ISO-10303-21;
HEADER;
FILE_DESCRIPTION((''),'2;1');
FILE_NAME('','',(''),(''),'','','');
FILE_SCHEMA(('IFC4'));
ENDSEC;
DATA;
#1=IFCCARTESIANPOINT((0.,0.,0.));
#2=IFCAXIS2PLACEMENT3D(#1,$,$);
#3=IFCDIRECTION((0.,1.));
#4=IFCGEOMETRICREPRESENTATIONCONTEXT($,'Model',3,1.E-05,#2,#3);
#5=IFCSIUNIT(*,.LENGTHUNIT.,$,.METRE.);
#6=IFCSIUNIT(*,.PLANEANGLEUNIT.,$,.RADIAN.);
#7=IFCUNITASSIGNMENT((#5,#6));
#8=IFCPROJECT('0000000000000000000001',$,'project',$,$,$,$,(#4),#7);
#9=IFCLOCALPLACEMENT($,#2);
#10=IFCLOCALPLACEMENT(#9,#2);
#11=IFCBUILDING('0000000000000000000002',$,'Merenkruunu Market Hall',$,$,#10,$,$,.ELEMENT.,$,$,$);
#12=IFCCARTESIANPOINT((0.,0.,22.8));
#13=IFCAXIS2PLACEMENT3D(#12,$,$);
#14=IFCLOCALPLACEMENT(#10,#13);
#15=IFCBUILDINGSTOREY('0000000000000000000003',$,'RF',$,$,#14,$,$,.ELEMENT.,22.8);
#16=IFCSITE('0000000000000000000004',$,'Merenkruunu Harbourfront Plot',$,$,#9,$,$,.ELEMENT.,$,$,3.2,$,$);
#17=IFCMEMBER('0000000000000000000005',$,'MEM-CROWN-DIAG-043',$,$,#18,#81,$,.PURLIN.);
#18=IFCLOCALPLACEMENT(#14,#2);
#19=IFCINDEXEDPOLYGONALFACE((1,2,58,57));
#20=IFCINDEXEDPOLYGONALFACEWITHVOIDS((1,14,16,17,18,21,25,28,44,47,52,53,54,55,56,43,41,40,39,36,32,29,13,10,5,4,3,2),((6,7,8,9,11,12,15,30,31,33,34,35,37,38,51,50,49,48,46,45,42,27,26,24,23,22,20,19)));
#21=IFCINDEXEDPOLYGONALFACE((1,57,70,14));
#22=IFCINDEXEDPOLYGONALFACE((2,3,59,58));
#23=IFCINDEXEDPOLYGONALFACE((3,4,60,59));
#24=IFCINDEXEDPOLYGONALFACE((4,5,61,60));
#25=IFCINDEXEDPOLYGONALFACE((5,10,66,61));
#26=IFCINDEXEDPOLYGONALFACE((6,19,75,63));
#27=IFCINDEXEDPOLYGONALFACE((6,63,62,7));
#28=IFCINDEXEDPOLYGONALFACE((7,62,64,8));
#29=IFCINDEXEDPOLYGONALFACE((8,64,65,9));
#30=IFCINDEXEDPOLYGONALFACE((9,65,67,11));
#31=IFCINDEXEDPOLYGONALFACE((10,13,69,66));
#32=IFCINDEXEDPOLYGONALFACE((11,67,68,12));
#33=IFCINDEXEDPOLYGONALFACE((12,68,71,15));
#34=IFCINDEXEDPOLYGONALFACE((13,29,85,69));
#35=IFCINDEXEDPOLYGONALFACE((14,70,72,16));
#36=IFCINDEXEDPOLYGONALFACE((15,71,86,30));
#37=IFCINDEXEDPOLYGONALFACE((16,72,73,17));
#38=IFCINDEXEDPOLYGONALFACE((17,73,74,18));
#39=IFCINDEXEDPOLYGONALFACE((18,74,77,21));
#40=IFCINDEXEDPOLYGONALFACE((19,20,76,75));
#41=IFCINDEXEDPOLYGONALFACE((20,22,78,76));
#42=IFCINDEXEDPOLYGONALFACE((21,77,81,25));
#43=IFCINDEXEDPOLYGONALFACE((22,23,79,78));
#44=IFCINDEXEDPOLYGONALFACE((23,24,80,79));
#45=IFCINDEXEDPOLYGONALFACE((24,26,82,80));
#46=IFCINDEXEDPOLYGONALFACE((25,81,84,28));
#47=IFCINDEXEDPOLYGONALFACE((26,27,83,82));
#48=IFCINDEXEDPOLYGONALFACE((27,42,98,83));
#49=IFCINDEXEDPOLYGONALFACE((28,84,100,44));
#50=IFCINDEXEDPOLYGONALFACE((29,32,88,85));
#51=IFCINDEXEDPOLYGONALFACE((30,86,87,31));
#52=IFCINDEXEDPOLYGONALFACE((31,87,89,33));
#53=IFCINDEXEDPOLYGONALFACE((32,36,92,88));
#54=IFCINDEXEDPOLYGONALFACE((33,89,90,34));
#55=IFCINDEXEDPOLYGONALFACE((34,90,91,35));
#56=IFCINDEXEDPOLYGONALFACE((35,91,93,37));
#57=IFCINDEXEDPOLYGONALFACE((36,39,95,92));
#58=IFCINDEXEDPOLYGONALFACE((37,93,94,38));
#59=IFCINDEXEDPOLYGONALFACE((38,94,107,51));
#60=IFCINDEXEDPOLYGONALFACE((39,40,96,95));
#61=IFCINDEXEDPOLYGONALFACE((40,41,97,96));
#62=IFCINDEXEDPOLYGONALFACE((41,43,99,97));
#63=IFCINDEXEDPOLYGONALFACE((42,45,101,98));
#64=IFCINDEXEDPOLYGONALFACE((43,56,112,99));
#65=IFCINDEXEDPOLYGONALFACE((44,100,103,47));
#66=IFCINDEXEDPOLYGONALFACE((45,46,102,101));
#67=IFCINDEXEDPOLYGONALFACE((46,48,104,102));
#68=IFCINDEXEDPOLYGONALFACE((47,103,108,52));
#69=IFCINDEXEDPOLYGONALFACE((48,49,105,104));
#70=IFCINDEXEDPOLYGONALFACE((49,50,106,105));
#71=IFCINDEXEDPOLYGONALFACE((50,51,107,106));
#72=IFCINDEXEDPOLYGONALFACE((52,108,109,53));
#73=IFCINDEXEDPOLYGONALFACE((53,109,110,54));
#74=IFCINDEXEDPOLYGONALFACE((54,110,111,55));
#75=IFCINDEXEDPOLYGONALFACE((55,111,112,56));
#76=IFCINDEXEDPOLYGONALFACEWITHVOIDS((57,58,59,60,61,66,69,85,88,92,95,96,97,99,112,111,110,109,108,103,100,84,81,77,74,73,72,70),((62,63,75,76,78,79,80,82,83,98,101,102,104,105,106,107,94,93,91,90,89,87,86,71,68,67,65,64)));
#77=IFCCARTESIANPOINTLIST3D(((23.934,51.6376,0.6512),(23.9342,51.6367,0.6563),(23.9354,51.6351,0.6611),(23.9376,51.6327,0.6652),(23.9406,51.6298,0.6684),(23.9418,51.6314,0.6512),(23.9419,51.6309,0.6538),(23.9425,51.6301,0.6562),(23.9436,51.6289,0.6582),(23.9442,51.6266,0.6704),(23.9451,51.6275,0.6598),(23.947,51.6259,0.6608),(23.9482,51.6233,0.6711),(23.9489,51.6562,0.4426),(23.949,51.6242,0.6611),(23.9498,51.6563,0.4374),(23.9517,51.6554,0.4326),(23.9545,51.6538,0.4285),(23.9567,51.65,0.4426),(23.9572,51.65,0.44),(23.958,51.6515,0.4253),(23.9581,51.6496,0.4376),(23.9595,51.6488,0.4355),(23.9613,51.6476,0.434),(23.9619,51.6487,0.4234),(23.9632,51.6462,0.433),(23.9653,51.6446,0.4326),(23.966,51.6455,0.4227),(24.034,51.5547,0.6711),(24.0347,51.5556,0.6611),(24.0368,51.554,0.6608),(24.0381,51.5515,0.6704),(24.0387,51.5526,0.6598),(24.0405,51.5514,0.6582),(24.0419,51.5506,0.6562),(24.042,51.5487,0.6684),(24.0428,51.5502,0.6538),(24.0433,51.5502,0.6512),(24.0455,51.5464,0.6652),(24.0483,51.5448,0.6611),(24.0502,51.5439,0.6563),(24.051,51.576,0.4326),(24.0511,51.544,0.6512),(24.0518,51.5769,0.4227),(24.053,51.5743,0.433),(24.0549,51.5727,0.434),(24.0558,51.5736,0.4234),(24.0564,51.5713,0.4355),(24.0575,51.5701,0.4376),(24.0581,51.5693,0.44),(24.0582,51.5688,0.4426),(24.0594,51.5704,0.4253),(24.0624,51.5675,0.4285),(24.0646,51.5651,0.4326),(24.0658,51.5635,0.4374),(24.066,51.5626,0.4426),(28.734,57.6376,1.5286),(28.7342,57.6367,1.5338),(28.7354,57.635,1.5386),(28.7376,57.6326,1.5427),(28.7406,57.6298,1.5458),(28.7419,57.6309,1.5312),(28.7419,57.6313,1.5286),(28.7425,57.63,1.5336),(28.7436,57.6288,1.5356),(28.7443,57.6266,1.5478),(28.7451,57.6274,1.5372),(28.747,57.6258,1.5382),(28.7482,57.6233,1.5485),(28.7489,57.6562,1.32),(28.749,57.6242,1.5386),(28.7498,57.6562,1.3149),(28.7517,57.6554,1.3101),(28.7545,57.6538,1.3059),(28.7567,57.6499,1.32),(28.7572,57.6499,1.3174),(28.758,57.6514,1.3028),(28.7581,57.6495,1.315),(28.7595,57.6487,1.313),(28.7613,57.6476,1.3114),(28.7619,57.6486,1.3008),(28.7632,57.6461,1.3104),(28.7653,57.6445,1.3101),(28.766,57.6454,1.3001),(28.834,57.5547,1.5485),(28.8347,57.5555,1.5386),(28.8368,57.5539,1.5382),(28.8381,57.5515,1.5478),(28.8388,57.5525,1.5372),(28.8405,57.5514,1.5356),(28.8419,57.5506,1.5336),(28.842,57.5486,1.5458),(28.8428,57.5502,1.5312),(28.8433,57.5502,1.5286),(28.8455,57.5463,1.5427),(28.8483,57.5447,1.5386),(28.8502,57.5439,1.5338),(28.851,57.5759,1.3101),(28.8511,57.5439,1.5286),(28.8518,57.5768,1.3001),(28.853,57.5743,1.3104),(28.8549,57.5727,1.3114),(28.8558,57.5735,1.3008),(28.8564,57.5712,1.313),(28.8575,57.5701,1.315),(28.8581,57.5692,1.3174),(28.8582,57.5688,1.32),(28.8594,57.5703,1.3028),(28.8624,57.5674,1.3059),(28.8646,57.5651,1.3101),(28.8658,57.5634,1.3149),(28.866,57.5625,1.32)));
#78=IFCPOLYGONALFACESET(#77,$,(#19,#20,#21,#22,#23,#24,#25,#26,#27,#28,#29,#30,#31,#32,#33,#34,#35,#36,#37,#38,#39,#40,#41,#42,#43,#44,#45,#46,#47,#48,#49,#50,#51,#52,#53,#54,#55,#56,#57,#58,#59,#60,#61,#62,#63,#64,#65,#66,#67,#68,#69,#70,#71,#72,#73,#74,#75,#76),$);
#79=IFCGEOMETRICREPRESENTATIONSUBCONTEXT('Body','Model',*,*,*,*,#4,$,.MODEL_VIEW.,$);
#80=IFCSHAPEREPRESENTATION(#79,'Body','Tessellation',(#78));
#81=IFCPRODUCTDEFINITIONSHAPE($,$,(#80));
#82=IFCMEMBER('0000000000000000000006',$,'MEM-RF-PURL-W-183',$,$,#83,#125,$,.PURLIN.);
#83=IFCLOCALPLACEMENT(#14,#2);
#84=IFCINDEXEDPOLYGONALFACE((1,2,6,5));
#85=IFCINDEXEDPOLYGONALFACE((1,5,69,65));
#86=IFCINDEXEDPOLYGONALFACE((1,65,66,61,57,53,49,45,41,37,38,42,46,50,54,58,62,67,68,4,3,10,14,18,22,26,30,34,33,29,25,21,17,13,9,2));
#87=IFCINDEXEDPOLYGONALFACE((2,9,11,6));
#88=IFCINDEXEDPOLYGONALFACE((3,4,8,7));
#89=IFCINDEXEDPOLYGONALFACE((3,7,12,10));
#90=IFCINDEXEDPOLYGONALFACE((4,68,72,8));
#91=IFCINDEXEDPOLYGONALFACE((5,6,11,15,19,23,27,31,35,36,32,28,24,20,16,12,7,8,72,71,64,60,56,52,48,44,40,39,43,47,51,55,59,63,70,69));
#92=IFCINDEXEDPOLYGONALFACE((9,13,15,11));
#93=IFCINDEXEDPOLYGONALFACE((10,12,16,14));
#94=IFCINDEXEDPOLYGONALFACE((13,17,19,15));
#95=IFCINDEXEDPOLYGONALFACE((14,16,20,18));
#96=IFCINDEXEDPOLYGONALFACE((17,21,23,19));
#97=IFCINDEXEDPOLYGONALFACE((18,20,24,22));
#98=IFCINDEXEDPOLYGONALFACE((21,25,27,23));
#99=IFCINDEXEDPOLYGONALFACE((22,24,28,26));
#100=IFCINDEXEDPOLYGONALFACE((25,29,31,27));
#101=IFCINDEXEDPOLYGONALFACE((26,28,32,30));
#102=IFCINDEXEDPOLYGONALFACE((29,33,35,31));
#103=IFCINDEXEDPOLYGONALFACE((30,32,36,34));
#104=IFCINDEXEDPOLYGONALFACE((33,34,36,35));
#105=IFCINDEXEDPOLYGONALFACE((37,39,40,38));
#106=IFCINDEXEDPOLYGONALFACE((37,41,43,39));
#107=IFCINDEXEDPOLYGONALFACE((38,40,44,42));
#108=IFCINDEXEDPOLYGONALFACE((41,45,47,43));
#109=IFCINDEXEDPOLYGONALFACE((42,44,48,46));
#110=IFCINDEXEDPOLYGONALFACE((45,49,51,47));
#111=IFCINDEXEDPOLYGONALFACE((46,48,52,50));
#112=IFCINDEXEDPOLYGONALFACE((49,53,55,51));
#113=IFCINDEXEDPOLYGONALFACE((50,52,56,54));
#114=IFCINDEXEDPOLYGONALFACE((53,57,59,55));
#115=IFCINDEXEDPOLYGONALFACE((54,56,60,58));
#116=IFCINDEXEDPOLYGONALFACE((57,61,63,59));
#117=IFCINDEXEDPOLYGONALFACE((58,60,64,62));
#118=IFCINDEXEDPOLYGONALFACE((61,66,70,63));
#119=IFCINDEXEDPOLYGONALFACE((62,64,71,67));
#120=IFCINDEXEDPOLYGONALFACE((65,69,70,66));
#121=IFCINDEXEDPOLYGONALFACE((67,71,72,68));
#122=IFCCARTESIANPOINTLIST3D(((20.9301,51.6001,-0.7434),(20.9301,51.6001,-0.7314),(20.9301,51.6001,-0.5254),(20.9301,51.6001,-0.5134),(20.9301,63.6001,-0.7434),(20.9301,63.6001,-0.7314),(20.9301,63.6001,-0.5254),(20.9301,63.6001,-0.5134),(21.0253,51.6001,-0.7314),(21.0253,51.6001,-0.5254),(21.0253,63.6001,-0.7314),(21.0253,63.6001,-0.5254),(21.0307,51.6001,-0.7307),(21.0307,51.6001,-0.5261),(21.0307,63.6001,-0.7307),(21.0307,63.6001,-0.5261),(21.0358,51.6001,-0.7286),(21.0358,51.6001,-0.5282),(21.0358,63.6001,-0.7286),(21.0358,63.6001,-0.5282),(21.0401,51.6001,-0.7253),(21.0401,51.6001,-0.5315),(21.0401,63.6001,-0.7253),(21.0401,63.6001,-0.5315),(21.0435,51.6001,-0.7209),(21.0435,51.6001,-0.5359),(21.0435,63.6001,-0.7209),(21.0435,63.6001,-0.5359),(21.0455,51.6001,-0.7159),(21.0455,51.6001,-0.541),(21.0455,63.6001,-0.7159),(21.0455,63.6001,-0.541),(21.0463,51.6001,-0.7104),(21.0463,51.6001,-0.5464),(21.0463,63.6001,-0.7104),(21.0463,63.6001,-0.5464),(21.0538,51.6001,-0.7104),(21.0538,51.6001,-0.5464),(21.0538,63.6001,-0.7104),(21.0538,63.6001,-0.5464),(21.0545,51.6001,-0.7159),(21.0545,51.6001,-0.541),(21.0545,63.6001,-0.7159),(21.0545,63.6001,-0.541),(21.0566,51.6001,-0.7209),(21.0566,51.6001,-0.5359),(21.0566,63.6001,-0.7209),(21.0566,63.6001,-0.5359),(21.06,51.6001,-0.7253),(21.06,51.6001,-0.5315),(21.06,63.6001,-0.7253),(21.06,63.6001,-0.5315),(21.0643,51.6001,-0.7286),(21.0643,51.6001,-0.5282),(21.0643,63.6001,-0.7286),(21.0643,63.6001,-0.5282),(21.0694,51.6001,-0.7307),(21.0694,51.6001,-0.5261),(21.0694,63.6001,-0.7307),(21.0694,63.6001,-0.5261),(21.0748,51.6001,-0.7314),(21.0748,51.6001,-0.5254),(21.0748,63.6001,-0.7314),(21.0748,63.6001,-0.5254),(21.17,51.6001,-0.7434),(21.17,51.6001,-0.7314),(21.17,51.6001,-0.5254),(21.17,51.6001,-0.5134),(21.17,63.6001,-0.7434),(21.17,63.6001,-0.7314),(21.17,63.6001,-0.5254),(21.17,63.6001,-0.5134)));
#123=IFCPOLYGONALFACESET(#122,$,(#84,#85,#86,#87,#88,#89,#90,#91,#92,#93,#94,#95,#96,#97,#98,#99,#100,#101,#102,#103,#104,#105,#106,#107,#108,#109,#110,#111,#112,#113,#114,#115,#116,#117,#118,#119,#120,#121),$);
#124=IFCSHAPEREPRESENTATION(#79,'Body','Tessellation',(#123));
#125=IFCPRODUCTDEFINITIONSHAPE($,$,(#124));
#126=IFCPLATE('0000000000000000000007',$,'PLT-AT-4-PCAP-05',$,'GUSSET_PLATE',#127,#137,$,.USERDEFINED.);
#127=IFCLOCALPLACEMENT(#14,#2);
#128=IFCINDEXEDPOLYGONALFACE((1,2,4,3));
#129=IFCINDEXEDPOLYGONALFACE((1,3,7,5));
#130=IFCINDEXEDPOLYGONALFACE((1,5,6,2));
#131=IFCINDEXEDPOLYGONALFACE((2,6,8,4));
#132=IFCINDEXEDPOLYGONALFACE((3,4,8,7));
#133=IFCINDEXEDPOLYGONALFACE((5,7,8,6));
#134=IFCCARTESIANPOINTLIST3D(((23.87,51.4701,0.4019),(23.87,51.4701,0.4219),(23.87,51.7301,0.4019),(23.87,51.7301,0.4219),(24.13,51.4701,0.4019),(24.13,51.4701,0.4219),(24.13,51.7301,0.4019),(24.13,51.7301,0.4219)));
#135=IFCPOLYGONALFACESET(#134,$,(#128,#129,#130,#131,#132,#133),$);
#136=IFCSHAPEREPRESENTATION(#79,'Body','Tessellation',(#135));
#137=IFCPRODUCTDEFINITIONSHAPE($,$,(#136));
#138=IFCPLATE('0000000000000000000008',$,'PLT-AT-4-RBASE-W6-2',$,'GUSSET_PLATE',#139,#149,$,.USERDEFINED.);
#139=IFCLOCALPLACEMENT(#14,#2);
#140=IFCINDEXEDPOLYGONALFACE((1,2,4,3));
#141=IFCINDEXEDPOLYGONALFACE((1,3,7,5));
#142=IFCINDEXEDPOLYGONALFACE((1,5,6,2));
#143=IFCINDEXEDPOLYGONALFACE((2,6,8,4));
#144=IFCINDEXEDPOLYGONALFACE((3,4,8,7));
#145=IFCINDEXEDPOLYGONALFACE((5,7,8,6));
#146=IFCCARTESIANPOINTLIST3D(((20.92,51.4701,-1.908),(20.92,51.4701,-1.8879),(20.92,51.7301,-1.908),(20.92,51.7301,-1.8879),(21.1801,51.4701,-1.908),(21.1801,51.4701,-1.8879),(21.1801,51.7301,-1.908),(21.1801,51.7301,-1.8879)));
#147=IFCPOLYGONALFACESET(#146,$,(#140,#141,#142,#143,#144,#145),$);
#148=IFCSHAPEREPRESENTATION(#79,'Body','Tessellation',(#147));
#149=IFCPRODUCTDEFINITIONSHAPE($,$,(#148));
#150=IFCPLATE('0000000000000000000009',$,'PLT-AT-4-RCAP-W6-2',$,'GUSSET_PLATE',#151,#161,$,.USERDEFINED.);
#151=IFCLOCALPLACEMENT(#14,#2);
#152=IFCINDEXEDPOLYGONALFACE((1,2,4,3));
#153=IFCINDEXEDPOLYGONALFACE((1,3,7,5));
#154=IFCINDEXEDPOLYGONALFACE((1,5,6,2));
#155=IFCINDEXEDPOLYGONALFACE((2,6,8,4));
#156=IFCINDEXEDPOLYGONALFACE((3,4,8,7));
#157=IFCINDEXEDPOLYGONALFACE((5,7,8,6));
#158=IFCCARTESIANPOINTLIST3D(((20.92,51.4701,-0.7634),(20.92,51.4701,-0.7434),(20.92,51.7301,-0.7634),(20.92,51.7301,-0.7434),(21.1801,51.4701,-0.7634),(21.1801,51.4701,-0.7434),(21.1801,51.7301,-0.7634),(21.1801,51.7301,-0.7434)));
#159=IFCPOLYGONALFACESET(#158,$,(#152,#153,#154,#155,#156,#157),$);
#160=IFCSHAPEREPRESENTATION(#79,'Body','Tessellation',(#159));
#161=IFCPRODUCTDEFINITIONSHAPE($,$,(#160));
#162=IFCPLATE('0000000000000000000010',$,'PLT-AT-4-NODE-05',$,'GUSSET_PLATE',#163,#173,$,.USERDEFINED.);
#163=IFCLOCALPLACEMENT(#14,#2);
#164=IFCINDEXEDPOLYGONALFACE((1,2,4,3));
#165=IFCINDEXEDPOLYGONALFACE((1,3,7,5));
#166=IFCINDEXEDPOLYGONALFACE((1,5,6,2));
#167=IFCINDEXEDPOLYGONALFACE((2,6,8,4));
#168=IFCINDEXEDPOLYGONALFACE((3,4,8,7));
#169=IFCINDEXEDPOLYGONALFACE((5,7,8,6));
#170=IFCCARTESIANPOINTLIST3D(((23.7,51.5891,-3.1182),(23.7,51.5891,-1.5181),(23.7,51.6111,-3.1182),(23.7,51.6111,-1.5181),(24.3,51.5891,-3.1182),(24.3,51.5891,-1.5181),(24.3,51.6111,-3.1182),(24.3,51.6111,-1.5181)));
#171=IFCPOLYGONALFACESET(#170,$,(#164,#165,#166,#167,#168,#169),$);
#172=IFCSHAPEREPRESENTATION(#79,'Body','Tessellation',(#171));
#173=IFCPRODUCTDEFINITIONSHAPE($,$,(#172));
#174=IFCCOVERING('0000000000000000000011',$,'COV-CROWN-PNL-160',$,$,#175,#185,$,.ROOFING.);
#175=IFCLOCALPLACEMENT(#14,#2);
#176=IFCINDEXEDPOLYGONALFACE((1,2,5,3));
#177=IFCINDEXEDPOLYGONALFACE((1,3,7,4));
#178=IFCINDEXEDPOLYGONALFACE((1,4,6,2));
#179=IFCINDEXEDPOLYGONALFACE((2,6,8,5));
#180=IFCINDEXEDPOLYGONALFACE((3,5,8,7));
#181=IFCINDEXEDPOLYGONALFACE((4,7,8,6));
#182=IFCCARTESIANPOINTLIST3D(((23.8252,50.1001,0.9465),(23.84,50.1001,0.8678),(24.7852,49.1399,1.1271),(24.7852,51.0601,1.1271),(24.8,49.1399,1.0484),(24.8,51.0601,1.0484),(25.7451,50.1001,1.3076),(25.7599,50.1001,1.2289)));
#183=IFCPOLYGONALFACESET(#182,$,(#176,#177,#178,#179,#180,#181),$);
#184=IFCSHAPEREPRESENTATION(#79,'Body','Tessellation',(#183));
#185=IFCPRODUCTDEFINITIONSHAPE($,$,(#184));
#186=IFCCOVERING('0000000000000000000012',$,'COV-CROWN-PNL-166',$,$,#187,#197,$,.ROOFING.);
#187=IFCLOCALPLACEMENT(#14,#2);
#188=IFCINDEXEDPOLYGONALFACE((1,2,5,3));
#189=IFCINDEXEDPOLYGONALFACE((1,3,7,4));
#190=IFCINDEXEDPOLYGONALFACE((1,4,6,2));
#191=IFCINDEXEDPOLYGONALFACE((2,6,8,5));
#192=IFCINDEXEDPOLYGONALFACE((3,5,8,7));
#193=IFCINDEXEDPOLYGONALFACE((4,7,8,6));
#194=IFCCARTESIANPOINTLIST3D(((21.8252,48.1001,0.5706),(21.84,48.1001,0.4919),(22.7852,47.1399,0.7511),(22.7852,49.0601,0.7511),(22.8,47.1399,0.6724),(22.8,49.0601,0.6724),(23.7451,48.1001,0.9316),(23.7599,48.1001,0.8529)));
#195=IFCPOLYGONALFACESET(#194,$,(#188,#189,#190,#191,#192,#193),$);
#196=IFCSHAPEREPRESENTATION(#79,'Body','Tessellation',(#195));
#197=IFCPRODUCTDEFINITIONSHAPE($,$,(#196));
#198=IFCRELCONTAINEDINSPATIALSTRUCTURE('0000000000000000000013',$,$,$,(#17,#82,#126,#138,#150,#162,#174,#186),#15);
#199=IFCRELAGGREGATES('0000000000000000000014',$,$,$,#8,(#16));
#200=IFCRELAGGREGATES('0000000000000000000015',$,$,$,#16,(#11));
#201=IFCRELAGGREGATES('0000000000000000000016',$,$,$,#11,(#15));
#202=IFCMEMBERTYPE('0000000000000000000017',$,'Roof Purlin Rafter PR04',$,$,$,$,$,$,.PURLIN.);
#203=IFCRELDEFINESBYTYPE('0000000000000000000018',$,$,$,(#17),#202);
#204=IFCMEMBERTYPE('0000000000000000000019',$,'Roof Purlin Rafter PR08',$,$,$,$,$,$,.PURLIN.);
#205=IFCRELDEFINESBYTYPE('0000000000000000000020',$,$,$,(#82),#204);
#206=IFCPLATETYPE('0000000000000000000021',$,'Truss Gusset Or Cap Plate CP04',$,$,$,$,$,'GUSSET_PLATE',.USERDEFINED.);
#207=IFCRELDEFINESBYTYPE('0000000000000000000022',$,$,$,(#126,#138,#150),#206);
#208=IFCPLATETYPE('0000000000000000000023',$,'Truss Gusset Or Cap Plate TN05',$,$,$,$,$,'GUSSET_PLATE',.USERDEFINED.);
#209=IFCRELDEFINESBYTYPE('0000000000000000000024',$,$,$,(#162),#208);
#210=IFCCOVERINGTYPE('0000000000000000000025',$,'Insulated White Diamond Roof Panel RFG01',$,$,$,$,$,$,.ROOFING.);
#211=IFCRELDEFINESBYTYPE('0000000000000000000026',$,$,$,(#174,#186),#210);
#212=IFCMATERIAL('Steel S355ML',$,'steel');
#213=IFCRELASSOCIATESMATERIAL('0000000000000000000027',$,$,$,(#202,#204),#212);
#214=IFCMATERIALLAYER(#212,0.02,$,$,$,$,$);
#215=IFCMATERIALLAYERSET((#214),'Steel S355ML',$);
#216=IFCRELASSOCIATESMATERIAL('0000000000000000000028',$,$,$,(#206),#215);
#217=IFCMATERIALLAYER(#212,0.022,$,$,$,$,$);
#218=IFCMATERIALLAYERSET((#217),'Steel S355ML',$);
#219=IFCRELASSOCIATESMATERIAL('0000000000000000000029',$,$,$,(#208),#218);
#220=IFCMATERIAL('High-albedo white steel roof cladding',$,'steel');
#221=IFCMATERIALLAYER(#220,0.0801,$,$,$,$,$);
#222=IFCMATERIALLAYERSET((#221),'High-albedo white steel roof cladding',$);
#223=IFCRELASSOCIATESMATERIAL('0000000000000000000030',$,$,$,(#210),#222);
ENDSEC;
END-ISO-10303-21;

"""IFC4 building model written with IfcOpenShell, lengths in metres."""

from ifc_helpers import new_model, si_unit, direction, frame, origin, origin_2d, place, context, subcontext, project, spatial, polyline, rectangle, hollow_rectangle, i_section, outline, extrude, material, layer, layer_set, material_profile, profile_set, type_object, element, save


model = new_model("IFC4")

# Units and contexts
model_context = context("Model", 3, precision=1e-05, world=origin(), true_north=direction((0.0, 1.0)))
body_context = subcontext(model_context, "Body", "Model", "MODEL_VIEW")
ifc_project = project(units=[si_unit("LENGTHUNIT", "METRE"), si_unit("PLANEANGLEUNIT", "RADIAN")], contexts=[model_context])

# Site, building, storey
site_placement = place(None, origin())
site = spatial("IfcSite", under=ifc_project, at=site_placement, Name="Merenkruunu Harbourfront Plot", CompositionType="ELEMENT", RefElevation=3.2)
building_placement = place(site_placement, origin())
building = spatial("IfcBuilding", under=site, at=building_placement, Name="Merenkruunu Market Hall", CompositionType="ELEMENT")
storey_placement = place(building_placement, frame((0.0, 0.0, 22.8)))
storey = spatial("IfcBuildingStorey", under=building, at=storey_placement, Name="RF", CompositionType="ELEMENT", Elevation=22.8)

# Members
ifc_material_1 = material(Name="Steel S355ML", Category="steel")
ifc_material_profile_1 = material_profile(ifc_material_1, hollow_rectangle(XDim=0.1499, YDim=0.25, WallThickness=0.01, InnerFilletRadius=0.01, OuterFilletRadius=0.02, at=origin_2d()), Name="RHS 250x150x10")
ifc_profile_set_1 = profile_set([ifc_material_profile_1], Name="Steel S355ML")
member_type_1 = type_object("IfcMemberType", Name="Roof Purlin Rafter PR04", PredefinedType="PURLIN", material=ifc_profile_set_1)
member_1_placement = place(storey_placement, frame((24.0, 51.6001, 0.5469), z_axis=(0.620665, 0.775824, 0.113457), x_axis=(-0.780866, 0.624699, 0.0)))
element("IfcMember", 1, at=member_1_placement, inside=storey, type_object=member_type_1, Name="MEM-CROWN-DIAG-043", PredefinedType="PURLIN", context=body_context, shape_type="SweptSolid", body=[
    extrude(hollow_rectangle(XDim=0.1499, YDim=0.25, WallThickness=0.01, InnerFilletRadius=0.01, OuterFilletRadius=0.02, at=origin_2d()), origin(), (0.0, 0.0, 1.0), 7.7336),
])
ifc_material_profile_2 = material_profile(ifc_material_1, i_section(OverallWidth=0.24, OverallDepth=0.23, WebThickness=0.0076, FlangeThickness=0.012, FilletRadius=0.021, at=origin_2d()), Name="HEA 240")
ifc_profile_set_2 = profile_set([ifc_material_profile_2], Name="Steel S355ML")
member_type_2 = type_object("IfcMemberType", Name="Roof Purlin Rafter PR08", PredefinedType="PURLIN", material=ifc_profile_set_2)
member_2_placement = place(storey_placement, frame((21.05, 51.6001, -0.6284), z_axis=(0.0, 1.0, 0.0), x_axis=(-1.0, 0.0, 0.0)))
element("IfcMember", 2, at=member_2_placement, inside=storey, type_object=member_type_2, Name="MEM-RF-PURL-W-183", PredefinedType="PURLIN", context=body_context, shape_type="SweptSolid", body=[
    extrude(i_section(OverallWidth=0.24, OverallDepth=0.23, WebThickness=0.0076, FlangeThickness=0.012, FilletRadius=0.021, at=origin_2d()), origin(), (0.0, 0.0, 1.0), 12.0),
])

# Plates
ifc_layer_1 = layer(ifc_material_1, 0.02)
ifc_layer_set_1 = layer_set([ifc_layer_1], Name="Steel S355ML")
plate_type_1 = type_object("IfcPlateType", Name="Truss Gusset Or Cap Plate CP04", ElementType="GUSSET_PLATE", PredefinedType="USERDEFINED", material=ifc_layer_set_1)
for number, where, z_axis, x_axis, name in (
    (3, (24.0, 51.6001, 0.4019), (0.0, 0.0, 1.0), (1.0, 0.0, 0.0), "PLT-AT-4-PCAP-05"),
    (4, (21.05, 51.6001, -1.908), (0.0, 0.0, 1.0), (1.0, 0.0, 0.0), "PLT-AT-4-RBASE-W6-2"),
    (5, (21.05, 51.6001, -0.7634), (0.0, 0.0, 1.0), (1.0, 0.0, 0.0), "PLT-AT-4-RCAP-W6-2"),
):
    element("IfcPlate", number, at=place(storey_placement, frame(where, z_axis=z_axis, x_axis=x_axis)), inside=storey, type_object=plate_type_1, Name=name, ObjectType="GUSSET_PLATE", PredefinedType="USERDEFINED", context=body_context, shape_type="SweptSolid", body=[
        extrude(rectangle(XDim=0.26, YDim=0.26, at=origin_2d()), origin(), (0.0, 0.0, 1.0), 0.02),
    ])
ifc_layer_2 = layer(ifc_material_1, 0.022)
ifc_layer_set_2 = layer_set([ifc_layer_2], Name="Steel S355ML")
plate_type_2 = type_object("IfcPlateType", Name="Truss Gusset Or Cap Plate TN05", ElementType="GUSSET_PLATE", PredefinedType="USERDEFINED", material=ifc_layer_set_2)
plate_placement = place(storey_placement, frame((24.0, 51.6001, -3.1182), z_axis=(0.0, 0.0, 1.0), x_axis=(1.0, 0.0, 0.0)))
element("IfcPlate", 6, at=plate_placement, inside=storey, type_object=plate_type_2, Name="PLT-AT-4-NODE-05", ObjectType="GUSSET_PLATE", PredefinedType="USERDEFINED", context=body_context, shape_type="SweptSolid", body=[
    extrude(rectangle(XDim=0.6001, YDim=0.022, at=origin_2d()), origin(), (0.0, 0.0, 1.0), 1.6001),
])

# Coverings
ifc_material_2 = material(Name="High-albedo white steel roof cladding", Category="steel")
ifc_layer_3 = layer(ifc_material_2, 0.0801)
ifc_layer_set_3 = layer_set([ifc_layer_3], Name="High-albedo white steel roof cladding")
covering_type = type_object("IfcCoveringType", Name="Insulated White Diamond Roof Panel RFG01", PredefinedType="ROOFING", material=ifc_layer_set_3)
for number, where, z_axis, x_axis, name in (
    (7, (23.8252, 50.1001, 0.9465), (-0.184832, 0.0, 0.98277), (0.700856, -0.701018, 0.131812), "COV-CROWN-PNL-160"),
    (8, (21.8252, 48.1001, 0.5706), (-0.184832, 0.0, 0.98277), (0.700856, -0.701018, 0.131812), "COV-CROWN-PNL-166"),
):
    element("IfcCovering", number, at=place(storey_placement, frame(where, z_axis=z_axis, x_axis=x_axis)), inside=storey, type_object=covering_type, Name=name, PredefinedType="ROOFING", context=body_context, shape_type="SweptSolid", body=[
        extrude(outline(polyline([(0.0, 0.0), (1.3697, 0.0), (1.3932, 1.3695), (0.0237, 1.3694), (0.0, 0.0)])), origin(), (0.0, 0.0, -1.0), 0.0801),
    ])

save(model, "model.ifc")
